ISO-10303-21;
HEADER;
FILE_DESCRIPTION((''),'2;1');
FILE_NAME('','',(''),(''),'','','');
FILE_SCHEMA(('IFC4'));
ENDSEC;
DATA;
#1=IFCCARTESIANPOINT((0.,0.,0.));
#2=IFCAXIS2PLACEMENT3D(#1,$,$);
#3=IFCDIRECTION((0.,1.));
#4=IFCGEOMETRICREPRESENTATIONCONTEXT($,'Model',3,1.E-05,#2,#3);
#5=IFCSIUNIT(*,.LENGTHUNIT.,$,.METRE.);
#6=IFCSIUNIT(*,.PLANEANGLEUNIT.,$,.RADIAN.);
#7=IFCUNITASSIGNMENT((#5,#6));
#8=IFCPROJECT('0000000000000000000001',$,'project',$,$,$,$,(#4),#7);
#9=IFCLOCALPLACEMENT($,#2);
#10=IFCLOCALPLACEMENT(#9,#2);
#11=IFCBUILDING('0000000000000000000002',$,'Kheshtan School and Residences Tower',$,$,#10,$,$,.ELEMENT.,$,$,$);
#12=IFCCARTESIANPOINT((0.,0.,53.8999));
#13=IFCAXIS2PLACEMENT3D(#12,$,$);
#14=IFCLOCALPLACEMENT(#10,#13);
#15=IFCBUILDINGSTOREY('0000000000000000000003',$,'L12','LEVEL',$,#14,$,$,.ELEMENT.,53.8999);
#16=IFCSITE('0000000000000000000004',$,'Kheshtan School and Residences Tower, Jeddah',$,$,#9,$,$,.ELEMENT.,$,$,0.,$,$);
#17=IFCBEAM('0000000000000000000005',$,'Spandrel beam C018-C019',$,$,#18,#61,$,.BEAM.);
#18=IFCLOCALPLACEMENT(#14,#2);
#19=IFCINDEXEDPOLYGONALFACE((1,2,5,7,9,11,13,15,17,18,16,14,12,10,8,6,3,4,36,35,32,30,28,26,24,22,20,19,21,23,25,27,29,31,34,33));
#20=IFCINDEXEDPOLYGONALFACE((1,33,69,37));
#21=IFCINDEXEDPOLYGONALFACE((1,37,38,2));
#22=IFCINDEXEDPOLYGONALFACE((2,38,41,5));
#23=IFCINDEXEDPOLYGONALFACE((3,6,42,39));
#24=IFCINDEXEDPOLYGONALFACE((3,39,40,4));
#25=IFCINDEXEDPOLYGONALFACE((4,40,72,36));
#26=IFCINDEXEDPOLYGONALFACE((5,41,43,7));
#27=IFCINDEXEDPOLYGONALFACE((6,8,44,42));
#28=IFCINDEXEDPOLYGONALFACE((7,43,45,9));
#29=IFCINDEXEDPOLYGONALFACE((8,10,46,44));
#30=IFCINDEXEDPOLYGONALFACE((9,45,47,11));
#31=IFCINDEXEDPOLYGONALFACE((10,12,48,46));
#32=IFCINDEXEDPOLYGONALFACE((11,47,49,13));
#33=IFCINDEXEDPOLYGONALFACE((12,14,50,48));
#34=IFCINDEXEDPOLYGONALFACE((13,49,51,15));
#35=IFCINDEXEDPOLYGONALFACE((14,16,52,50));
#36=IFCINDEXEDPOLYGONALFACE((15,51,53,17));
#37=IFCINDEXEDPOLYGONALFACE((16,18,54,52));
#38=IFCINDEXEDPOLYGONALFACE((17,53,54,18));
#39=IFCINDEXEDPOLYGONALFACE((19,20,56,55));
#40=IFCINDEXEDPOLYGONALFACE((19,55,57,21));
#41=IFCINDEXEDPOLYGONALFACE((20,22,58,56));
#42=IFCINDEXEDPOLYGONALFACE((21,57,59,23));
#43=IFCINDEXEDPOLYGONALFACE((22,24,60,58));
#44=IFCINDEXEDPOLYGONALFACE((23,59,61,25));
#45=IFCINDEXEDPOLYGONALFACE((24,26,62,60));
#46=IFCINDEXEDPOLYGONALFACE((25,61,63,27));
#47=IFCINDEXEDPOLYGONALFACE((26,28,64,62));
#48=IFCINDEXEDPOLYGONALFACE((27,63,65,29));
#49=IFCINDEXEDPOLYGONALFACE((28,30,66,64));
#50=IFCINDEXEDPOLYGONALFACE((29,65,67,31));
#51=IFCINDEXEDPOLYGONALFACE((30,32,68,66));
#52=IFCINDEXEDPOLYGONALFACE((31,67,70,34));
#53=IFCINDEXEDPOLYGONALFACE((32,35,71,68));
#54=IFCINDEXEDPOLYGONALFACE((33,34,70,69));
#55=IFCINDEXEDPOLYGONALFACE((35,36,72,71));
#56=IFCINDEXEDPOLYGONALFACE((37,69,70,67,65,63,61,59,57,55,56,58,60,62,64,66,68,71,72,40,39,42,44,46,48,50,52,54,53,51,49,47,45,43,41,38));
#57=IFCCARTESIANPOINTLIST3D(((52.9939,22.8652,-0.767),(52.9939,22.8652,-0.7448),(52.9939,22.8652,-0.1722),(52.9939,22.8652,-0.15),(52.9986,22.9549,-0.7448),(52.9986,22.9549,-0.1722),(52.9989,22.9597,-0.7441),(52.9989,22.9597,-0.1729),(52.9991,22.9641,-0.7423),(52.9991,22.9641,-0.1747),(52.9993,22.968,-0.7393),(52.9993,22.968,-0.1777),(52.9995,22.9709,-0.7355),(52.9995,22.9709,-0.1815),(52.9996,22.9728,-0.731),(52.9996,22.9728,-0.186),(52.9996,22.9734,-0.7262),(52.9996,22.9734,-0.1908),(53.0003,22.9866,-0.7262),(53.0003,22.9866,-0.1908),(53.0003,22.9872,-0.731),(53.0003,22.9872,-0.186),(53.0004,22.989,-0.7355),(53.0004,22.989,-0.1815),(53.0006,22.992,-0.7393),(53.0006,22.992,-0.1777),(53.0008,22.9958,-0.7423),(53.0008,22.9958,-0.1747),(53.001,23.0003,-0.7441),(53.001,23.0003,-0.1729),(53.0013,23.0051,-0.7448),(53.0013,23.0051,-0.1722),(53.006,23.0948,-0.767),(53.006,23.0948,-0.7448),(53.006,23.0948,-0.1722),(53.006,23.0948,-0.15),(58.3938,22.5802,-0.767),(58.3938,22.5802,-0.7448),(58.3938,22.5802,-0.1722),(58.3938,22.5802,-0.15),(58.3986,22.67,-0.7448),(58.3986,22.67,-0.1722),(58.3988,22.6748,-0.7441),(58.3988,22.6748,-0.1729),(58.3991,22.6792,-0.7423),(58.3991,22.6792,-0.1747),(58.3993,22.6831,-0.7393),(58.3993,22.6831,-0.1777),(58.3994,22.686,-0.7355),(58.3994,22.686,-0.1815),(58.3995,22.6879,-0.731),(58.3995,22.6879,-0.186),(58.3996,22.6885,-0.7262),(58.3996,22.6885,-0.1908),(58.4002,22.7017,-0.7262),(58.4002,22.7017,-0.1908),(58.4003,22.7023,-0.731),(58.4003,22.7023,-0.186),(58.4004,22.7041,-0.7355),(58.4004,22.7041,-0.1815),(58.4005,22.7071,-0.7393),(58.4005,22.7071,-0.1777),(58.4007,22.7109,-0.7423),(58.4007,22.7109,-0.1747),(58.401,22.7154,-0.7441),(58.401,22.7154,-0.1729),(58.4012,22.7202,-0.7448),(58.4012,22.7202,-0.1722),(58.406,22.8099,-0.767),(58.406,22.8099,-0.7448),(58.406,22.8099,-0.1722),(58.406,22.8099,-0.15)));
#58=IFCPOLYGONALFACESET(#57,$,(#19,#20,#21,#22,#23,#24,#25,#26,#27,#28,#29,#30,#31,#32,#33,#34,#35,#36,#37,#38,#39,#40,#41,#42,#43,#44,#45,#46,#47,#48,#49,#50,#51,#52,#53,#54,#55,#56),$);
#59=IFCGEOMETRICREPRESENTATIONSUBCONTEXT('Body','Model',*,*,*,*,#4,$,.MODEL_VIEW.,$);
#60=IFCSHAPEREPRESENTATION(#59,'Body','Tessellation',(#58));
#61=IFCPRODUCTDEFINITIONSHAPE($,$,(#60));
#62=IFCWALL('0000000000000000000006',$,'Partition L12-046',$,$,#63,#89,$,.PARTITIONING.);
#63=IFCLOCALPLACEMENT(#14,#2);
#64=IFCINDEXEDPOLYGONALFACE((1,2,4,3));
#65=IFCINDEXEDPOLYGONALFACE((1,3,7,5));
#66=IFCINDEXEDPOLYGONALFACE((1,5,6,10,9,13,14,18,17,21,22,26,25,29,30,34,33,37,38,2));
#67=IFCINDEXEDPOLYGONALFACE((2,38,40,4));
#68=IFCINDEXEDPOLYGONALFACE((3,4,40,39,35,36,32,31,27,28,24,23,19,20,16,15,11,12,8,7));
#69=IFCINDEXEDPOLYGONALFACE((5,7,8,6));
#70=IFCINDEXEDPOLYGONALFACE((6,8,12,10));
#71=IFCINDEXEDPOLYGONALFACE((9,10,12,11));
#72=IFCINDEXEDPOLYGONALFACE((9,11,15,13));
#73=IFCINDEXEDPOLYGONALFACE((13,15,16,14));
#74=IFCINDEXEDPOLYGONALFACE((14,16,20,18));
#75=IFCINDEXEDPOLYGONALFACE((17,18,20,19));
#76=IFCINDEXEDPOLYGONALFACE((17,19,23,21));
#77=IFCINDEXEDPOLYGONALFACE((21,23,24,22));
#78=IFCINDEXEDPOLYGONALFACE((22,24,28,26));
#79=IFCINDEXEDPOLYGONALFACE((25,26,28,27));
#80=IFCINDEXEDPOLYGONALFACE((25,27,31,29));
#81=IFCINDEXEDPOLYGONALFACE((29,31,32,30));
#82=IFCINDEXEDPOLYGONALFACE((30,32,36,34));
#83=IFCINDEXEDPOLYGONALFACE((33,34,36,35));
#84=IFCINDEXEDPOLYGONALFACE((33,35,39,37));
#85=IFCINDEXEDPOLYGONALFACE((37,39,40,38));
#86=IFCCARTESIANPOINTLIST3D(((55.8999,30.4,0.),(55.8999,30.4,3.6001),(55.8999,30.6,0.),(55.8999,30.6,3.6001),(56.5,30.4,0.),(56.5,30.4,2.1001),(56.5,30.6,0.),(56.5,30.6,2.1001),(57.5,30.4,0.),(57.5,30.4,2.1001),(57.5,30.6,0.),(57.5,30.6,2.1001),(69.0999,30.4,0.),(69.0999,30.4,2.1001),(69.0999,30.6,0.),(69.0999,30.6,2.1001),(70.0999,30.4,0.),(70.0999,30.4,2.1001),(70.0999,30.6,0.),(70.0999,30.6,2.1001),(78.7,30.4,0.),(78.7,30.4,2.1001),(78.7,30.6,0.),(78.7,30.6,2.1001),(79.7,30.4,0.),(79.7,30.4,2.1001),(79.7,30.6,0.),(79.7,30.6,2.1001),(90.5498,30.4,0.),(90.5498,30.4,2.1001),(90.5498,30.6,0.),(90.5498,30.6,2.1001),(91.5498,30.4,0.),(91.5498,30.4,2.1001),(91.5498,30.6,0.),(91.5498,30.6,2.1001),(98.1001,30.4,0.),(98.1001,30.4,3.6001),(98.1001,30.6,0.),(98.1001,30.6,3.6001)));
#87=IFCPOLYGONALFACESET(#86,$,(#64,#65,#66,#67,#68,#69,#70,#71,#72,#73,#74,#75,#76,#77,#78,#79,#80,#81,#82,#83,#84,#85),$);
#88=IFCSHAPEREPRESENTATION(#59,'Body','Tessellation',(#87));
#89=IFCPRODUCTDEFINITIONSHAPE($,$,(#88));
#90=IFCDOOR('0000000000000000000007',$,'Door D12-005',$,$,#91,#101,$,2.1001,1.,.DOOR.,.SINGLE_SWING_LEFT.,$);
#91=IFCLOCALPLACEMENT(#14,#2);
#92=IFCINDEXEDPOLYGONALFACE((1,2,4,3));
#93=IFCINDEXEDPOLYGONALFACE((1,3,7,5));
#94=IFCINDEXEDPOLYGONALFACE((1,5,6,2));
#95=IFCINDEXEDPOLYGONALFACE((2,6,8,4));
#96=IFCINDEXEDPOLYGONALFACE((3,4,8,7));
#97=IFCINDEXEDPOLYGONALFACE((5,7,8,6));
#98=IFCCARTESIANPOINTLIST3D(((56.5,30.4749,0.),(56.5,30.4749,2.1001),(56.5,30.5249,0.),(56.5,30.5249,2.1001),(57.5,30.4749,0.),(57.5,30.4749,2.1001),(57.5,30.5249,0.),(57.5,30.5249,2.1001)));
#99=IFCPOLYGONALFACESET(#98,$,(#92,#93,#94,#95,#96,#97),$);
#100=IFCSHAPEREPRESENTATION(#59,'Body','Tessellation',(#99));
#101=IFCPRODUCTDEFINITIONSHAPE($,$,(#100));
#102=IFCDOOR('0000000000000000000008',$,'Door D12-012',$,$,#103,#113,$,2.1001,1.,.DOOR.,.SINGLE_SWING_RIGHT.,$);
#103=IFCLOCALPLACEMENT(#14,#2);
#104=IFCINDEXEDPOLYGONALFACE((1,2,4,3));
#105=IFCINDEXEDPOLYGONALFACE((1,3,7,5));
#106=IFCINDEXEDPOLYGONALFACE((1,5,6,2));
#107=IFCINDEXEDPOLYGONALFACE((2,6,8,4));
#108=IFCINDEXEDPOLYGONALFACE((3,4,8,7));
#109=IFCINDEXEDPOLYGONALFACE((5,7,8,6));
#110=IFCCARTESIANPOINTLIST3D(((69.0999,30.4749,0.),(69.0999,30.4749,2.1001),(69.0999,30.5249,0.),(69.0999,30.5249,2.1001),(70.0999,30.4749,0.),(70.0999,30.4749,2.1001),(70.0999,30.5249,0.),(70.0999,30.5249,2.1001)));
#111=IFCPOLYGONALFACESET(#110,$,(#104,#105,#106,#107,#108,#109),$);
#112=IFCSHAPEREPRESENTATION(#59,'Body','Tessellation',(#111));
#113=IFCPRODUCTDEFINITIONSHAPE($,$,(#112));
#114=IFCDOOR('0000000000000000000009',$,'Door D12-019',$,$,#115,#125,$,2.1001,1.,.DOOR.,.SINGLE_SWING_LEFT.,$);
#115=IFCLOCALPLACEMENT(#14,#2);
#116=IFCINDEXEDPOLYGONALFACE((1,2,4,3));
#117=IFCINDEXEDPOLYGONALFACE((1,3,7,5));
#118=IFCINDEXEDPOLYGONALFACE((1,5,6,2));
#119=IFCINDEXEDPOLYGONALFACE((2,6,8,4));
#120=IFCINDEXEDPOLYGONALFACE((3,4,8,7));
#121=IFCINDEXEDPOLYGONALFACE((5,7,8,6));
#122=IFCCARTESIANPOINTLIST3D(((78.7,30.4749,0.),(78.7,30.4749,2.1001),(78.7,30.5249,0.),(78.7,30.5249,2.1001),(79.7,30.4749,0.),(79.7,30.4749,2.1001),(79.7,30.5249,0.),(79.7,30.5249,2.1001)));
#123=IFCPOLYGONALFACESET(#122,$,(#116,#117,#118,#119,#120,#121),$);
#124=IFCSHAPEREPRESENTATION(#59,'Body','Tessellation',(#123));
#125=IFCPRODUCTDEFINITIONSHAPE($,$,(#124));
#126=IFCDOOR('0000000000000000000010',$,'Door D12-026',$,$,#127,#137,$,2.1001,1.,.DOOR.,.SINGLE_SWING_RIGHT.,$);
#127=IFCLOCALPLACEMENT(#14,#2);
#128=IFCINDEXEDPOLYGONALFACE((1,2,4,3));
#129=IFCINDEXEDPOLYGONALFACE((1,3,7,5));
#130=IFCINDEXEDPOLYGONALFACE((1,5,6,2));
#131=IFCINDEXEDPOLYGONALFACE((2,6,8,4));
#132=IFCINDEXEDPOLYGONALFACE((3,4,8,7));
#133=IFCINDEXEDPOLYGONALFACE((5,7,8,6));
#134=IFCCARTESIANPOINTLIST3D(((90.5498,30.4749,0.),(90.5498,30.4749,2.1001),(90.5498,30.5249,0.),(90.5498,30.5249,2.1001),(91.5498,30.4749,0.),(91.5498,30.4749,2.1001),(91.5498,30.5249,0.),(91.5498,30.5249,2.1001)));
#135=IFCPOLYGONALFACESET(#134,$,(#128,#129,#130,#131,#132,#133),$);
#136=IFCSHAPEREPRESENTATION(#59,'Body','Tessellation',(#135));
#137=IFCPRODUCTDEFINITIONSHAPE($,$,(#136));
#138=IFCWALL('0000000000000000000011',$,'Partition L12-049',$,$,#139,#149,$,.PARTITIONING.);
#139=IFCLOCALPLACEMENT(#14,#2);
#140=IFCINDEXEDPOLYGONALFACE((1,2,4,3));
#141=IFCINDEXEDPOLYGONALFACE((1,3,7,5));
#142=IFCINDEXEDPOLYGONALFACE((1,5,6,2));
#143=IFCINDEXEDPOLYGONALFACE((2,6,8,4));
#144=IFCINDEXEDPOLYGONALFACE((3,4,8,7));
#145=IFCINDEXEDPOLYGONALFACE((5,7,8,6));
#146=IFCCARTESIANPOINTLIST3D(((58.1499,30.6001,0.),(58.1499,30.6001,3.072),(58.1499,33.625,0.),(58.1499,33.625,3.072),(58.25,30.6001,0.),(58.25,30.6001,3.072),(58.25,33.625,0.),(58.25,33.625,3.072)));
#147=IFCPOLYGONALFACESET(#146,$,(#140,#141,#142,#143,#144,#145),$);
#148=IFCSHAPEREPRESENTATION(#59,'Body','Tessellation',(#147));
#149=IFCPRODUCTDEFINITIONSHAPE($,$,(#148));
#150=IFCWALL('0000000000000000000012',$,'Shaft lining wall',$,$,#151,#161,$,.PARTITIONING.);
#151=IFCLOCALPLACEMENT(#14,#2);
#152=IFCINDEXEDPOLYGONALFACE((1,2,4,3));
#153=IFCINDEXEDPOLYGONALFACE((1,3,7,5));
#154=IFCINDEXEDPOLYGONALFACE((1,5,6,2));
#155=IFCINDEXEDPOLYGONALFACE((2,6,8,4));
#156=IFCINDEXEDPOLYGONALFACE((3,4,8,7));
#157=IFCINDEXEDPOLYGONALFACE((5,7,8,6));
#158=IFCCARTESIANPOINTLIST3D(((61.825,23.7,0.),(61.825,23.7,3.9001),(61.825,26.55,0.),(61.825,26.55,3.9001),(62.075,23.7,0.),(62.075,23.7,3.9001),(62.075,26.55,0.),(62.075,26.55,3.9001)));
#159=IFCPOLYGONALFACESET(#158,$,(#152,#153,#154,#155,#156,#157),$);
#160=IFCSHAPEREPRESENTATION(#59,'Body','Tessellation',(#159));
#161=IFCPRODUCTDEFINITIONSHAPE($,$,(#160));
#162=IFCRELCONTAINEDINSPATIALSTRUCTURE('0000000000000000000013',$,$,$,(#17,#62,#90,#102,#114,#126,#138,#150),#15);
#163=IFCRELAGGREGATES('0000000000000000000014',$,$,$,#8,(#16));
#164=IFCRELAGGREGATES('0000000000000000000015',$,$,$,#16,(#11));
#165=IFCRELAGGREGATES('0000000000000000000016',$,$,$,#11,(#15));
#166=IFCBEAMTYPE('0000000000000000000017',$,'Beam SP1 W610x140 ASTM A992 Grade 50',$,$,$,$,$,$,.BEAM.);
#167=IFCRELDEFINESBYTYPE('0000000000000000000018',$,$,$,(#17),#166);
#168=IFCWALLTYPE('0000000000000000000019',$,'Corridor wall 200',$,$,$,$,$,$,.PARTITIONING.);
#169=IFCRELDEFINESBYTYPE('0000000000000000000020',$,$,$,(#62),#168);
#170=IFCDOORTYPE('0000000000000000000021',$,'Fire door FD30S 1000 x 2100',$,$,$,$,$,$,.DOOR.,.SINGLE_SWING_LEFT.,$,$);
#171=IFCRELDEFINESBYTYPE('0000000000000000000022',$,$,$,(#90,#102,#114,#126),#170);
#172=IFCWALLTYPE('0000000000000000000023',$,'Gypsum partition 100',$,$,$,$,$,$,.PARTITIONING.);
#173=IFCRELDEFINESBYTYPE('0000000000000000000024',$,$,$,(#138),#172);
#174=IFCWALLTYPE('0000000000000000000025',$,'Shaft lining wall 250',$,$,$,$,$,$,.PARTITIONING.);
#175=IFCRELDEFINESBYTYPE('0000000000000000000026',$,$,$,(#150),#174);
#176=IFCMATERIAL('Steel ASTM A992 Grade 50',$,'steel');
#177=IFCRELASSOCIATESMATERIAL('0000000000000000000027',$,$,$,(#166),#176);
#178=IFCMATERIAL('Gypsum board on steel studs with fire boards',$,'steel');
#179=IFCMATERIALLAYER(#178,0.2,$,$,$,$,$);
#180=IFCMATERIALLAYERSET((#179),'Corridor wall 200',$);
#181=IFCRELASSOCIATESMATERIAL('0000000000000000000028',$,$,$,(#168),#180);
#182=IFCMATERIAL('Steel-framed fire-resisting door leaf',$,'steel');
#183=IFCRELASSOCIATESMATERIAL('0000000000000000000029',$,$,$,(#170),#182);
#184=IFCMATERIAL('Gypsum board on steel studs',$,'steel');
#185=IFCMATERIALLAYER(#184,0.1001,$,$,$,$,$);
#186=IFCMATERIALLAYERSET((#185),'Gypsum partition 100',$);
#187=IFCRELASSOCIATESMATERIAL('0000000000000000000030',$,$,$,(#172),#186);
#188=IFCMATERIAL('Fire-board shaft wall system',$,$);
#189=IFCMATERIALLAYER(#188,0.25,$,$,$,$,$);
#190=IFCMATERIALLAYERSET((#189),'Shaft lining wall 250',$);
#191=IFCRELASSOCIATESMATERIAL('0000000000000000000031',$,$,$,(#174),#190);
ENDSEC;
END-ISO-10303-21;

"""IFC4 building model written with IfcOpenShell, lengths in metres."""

from ifc_helpers import new_model, si_unit, direction, frame, frame_2d, origin, origin_2d, place, context, subcontext, project, spatial, rectangle, i_section, extrude, source, transform, mapped, material, layer, layer_set, material_profile, profile_set, type_object, element, fill, save


model = new_model("IFC4")

# Units and contexts
model_context = context("Model", 3, precision=1e-05, world=origin(), true_north=direction((0.0, 1.0)))
body_context = subcontext(model_context, "Body", "Model", "MODEL_VIEW")
ifc_project = project(units=[si_unit("LENGTHUNIT", "METRE"), si_unit("PLANEANGLEUNIT", "RADIAN")], contexts=[model_context])

# Site, building, storey
site_placement = place(None, origin())
site = spatial("IfcSite", under=ifc_project, at=site_placement, Name="Kheshtan School and Residences Tower, Jeddah", CompositionType="ELEMENT", RefElevation=0.0)
building_placement = place(site_placement, origin())
building = spatial("IfcBuilding", under=site, at=building_placement, Name="Kheshtan School and Residences Tower", CompositionType="ELEMENT")
storey_placement = place(building_placement, frame((0.0, 0.0, 53.8999)))
storey = spatial("IfcBuildingStorey", under=building, at=storey_placement, Name="L12", Description="LEVEL", CompositionType="ELEMENT", Elevation=53.8999)

# Shared definitions
ifc_material_1 = material(Name="Steel ASTM A992 Grade 50", Category="steel")

# Beam
ifc_material_profile_1 = material_profile(ifc_material_1, i_section(OverallWidth=0.23, OverallDepth=0.6169, WebThickness=0.0132, FlangeThickness=0.0222, FilletRadius=0.0186, at=origin_2d()), Name="W610x140")
ifc_profile_set_1 = profile_set([ifc_material_profile_1], Name="Steel ASTM A992 Grade 50")
beam_type_1 = type_object("IfcBeamType", Name="Beam SP1 W610x140 ASTM A992 Grade 50", PredefinedType="BEAM", material=ifc_profile_set_1)
beam_1_placement = place(storey_placement, frame((58.3999, 22.6951, -0.4585), z_axis=(-0.998611, 0.052689, 0.0), x_axis=(-0.052689, -0.998611, 0.0)))
element("IfcBeam", 1, at=beam_1_placement, inside=storey, type_object=beam_type_1, Name="Spandrel beam C018-C019", PredefinedType="BEAM", context=body_context, shape_type="SweptSolid", body=[
    extrude(i_section(OverallWidth=0.23, OverallDepth=0.6169, WebThickness=0.0132, FlangeThickness=0.0222, FilletRadius=0.0186, at=origin_2d()), origin(), (0.0, 0.0, 1.0), 5.4075),
])

# Wall, openings, doors
ifc_material_2 = material(Name="Gypsum board on steel studs with fire boards", Category="steel")
ifc_layer_1 = layer(ifc_material_2, 0.2)
ifc_layer_set_1 = layer_set([ifc_layer_1], Name="Corridor wall 200")
wall_type_1 = type_object("IfcWallType", Name="Corridor wall 200", PredefinedType="PARTITIONING", material=ifc_layer_set_1)
wall_1_placement = place(storey_placement, frame((55.8999, 30.5, 0.0), z_axis=(0.0, 0.0, 1.0), x_axis=(1.0, 0.0, 0.0)))
wall_1 = element("IfcWall", 2, at=wall_1_placement, inside=storey, type_object=wall_type_1, Name="Partition L12-046", PredefinedType="PARTITIONING", context=body_context, shape_type="SweptSolid", body=[
    extrude(rectangle(XDim=42.2002, YDim=0.2, at=frame_2d((21.1001, 0.0))), origin(), (0.0, 0.0, 1.0), 3.6001),
])
opening_1_placement = place(wall_1_placement, frame((0.6001, 0.0, 0.0)))
opening_1 = element("IfcOpeningElement", 3, at=opening_1_placement, cuts=wall_1, PredefinedType="OPENING", context=body_context, shape_type="SweptSolid", body=[
    extrude(rectangle(XDim=1.0, YDim=2.1001, at=frame_2d((0.5, 1.05))), frame((0.0, 0.1099, 0.0), z_axis=(0.0, -1.0, 0.0), x_axis=(1.0, 0.0, 0.0)), (0.0, 0.0, 1.0), 0.22),
])
opening_2_placement = place(wall_1_placement, frame((13.2, 0.0, 0.0)))
opening_2 = element("IfcOpeningElement", 4, at=opening_2_placement, cuts=wall_1, PredefinedType="OPENING", context=body_context, shape_type="SweptSolid", body=[
    extrude(rectangle(XDim=1.0, YDim=2.1001, at=frame_2d((0.5, 1.05))), frame((0.0, 0.1099, 0.0), z_axis=(0.0, -1.0, 0.0), x_axis=(1.0, 0.0, 0.0)), (0.0, 0.0, 1.0), 0.22),
])
opening_3_placement = place(wall_1_placement, frame((22.8, 0.0, 0.0)))
opening_3 = element("IfcOpeningElement", 5, at=opening_3_placement, cuts=wall_1, PredefinedType="OPENING", context=body_context, shape_type="SweptSolid", body=[
    extrude(rectangle(XDim=1.0, YDim=2.1001, at=frame_2d((0.5, 1.05))), frame((0.0, 0.1099, 0.0), z_axis=(0.0, -1.0, 0.0), x_axis=(1.0, 0.0, 0.0)), (0.0, 0.0, 1.0), 0.22),
])
opening_4_placement = place(wall_1_placement, frame((34.6499, 0.0, 0.0)))
opening_4 = element("IfcOpeningElement", 6, at=opening_4_placement, cuts=wall_1, PredefinedType="OPENING", context=body_context, shape_type="SweptSolid", body=[
    extrude(rectangle(XDim=1.0, YDim=2.1001, at=frame_2d((0.5, 1.05))), frame((0.0, 0.1099, 0.0), z_axis=(0.0, -1.0, 0.0), x_axis=(1.0, 0.0, 0.0)), (0.0, 0.0, 1.0), 0.22),
])
ifc_material_3 = material(Name="Steel-framed fire-resisting door leaf", Category="steel")
door_type_1 = type_object("IfcDoorType", Name="Fire door FD30S 1000 x 2100", OperationType="SINGLE_SWING_LEFT", PredefinedType="DOOR", material=ifc_material_3)
shared_shape_1 = source(origin(), body_context, "Body", "SweptSolid", [
    extrude(rectangle(XDim=1.0, YDim=2.1001, at=frame_2d((0.5, 1.05))), frame((0.0, 0.0249, 0.0), z_axis=(0.0, -1.0, 0.0), x_axis=(1.0, 0.0, 0.0)), (0.0, 0.0, 1.0), 0.05),
])
door_1_placement = place(opening_1_placement, origin())
door_1 = element("IfcDoor", 7, at=door_1_placement, inside=storey, type_object=door_type_1, Name="Door D12-005", OperationType="SINGLE_SWING_LEFT", OverallHeight=2.1001, OverallWidth=1.0, PredefinedType="DOOR", context=body_context, shape_type="MappedRepresentation", body=[
    mapped(shared_shape_1, transform((0.0, 0.0, 0.0), x_axis=(1.0, 0.0, 0.0), y_axis=(0.0, 1.0, 0.0), z_axis=(0.0, 0.0, 1.0), scale=1.0)),
])
fill(opening_1, door_1)
door_2_placement = place(opening_2_placement, origin())
door_2 = element("IfcDoor", 8, at=door_2_placement, inside=storey, type_object=door_type_1, Name="Door D12-012", OperationType="SINGLE_SWING_RIGHT", OverallHeight=2.1001, OverallWidth=1.0, PredefinedType="DOOR", context=body_context, shape_type="MappedRepresentation", body=[
    mapped(shared_shape_1, transform((0.0, 0.0, 0.0), x_axis=(1.0, 0.0, 0.0), y_axis=(0.0, 1.0, 0.0), z_axis=(0.0, 0.0, 1.0), scale=1.0)),
])
fill(opening_2, door_2)
door_3_placement = place(opening_3_placement, origin())
door_3 = element("IfcDoor", 9, at=door_3_placement, inside=storey, type_object=door_type_1, Name="Door D12-019", OperationType="SINGLE_SWING_LEFT", OverallHeight=2.1001, OverallWidth=1.0, PredefinedType="DOOR", context=body_context, shape_type="MappedRepresentation", body=[
    mapped(shared_shape_1, transform((0.0, 0.0, 0.0), x_axis=(1.0, 0.0, 0.0), y_axis=(0.0, 1.0, 0.0), z_axis=(0.0, 0.0, 1.0), scale=1.0)),
])
fill(opening_3, door_3)
door_4_placement = place(opening_4_placement, origin())
door_4 = element("IfcDoor", 10, at=door_4_placement, inside=storey, type_object=door_type_1, Name="Door D12-026", OperationType="SINGLE_SWING_RIGHT", OverallHeight=2.1001, OverallWidth=1.0, PredefinedType="DOOR", context=body_context, shape_type="MappedRepresentation", body=[
    mapped(shared_shape_1, transform((0.0, 0.0, 0.0), x_axis=(1.0, 0.0, 0.0), y_axis=(0.0, 1.0, 0.0), z_axis=(0.0, 0.0, 1.0), scale=1.0)),
])
fill(opening_4, door_4)

# Walls
ifc_material_4 = material(Name="Gypsum board on steel studs", Category="steel")
ifc_layer_2 = layer(ifc_material_4, 0.1001)
ifc_layer_set_2 = layer_set([ifc_layer_2], Name="Gypsum partition 100")
wall_type_2 = type_object("IfcWallType", Name="Gypsum partition 100", PredefinedType="PARTITIONING", material=ifc_layer_set_2)
wall_2_placement = place(storey_placement, frame((58.2, 30.6001, 0.0), z_axis=(0.0, 0.0, 1.0), x_axis=(0.0, 1.0, 0.0)))
element("IfcWall", 11, at=wall_2_placement, inside=storey, type_object=wall_type_2, Name="Partition L12-049", PredefinedType="PARTITIONING", context=body_context, shape_type="SweptSolid", body=[
    extrude(rectangle(XDim=3.0249, YDim=0.1001, at=frame_2d((1.5125, 0.0))), origin(), (0.0, 0.0, 1.0), 3.072),
])
ifc_material_5 = material(Name="Fire-board shaft wall system")
ifc_layer_3 = layer(ifc_material_5, 0.25)
ifc_layer_set_3 = layer_set([ifc_layer_3], Name="Shaft lining wall 250")
wall_type_3 = type_object("IfcWallType", Name="Shaft lining wall 250", PredefinedType="PARTITIONING", material=ifc_layer_set_3)
wall_3_placement = place(storey_placement, frame((61.95, 23.7, 0.0), z_axis=(0.0, 0.0, 1.0), x_axis=(0.0, 1.0, 0.0)))
element("IfcWall", 12, at=wall_3_placement, inside=storey, type_object=wall_type_3, Name="Shaft lining wall", PredefinedType="PARTITIONING", context=body_context, shape_type="SweptSolid", body=[
    extrude(rectangle(XDim=2.8501, YDim=0.25, at=frame_2d((1.425, 0.0))), origin(), (0.0, 0.0, 1.0), 3.9001),
])

save(model, "model.ifc")
